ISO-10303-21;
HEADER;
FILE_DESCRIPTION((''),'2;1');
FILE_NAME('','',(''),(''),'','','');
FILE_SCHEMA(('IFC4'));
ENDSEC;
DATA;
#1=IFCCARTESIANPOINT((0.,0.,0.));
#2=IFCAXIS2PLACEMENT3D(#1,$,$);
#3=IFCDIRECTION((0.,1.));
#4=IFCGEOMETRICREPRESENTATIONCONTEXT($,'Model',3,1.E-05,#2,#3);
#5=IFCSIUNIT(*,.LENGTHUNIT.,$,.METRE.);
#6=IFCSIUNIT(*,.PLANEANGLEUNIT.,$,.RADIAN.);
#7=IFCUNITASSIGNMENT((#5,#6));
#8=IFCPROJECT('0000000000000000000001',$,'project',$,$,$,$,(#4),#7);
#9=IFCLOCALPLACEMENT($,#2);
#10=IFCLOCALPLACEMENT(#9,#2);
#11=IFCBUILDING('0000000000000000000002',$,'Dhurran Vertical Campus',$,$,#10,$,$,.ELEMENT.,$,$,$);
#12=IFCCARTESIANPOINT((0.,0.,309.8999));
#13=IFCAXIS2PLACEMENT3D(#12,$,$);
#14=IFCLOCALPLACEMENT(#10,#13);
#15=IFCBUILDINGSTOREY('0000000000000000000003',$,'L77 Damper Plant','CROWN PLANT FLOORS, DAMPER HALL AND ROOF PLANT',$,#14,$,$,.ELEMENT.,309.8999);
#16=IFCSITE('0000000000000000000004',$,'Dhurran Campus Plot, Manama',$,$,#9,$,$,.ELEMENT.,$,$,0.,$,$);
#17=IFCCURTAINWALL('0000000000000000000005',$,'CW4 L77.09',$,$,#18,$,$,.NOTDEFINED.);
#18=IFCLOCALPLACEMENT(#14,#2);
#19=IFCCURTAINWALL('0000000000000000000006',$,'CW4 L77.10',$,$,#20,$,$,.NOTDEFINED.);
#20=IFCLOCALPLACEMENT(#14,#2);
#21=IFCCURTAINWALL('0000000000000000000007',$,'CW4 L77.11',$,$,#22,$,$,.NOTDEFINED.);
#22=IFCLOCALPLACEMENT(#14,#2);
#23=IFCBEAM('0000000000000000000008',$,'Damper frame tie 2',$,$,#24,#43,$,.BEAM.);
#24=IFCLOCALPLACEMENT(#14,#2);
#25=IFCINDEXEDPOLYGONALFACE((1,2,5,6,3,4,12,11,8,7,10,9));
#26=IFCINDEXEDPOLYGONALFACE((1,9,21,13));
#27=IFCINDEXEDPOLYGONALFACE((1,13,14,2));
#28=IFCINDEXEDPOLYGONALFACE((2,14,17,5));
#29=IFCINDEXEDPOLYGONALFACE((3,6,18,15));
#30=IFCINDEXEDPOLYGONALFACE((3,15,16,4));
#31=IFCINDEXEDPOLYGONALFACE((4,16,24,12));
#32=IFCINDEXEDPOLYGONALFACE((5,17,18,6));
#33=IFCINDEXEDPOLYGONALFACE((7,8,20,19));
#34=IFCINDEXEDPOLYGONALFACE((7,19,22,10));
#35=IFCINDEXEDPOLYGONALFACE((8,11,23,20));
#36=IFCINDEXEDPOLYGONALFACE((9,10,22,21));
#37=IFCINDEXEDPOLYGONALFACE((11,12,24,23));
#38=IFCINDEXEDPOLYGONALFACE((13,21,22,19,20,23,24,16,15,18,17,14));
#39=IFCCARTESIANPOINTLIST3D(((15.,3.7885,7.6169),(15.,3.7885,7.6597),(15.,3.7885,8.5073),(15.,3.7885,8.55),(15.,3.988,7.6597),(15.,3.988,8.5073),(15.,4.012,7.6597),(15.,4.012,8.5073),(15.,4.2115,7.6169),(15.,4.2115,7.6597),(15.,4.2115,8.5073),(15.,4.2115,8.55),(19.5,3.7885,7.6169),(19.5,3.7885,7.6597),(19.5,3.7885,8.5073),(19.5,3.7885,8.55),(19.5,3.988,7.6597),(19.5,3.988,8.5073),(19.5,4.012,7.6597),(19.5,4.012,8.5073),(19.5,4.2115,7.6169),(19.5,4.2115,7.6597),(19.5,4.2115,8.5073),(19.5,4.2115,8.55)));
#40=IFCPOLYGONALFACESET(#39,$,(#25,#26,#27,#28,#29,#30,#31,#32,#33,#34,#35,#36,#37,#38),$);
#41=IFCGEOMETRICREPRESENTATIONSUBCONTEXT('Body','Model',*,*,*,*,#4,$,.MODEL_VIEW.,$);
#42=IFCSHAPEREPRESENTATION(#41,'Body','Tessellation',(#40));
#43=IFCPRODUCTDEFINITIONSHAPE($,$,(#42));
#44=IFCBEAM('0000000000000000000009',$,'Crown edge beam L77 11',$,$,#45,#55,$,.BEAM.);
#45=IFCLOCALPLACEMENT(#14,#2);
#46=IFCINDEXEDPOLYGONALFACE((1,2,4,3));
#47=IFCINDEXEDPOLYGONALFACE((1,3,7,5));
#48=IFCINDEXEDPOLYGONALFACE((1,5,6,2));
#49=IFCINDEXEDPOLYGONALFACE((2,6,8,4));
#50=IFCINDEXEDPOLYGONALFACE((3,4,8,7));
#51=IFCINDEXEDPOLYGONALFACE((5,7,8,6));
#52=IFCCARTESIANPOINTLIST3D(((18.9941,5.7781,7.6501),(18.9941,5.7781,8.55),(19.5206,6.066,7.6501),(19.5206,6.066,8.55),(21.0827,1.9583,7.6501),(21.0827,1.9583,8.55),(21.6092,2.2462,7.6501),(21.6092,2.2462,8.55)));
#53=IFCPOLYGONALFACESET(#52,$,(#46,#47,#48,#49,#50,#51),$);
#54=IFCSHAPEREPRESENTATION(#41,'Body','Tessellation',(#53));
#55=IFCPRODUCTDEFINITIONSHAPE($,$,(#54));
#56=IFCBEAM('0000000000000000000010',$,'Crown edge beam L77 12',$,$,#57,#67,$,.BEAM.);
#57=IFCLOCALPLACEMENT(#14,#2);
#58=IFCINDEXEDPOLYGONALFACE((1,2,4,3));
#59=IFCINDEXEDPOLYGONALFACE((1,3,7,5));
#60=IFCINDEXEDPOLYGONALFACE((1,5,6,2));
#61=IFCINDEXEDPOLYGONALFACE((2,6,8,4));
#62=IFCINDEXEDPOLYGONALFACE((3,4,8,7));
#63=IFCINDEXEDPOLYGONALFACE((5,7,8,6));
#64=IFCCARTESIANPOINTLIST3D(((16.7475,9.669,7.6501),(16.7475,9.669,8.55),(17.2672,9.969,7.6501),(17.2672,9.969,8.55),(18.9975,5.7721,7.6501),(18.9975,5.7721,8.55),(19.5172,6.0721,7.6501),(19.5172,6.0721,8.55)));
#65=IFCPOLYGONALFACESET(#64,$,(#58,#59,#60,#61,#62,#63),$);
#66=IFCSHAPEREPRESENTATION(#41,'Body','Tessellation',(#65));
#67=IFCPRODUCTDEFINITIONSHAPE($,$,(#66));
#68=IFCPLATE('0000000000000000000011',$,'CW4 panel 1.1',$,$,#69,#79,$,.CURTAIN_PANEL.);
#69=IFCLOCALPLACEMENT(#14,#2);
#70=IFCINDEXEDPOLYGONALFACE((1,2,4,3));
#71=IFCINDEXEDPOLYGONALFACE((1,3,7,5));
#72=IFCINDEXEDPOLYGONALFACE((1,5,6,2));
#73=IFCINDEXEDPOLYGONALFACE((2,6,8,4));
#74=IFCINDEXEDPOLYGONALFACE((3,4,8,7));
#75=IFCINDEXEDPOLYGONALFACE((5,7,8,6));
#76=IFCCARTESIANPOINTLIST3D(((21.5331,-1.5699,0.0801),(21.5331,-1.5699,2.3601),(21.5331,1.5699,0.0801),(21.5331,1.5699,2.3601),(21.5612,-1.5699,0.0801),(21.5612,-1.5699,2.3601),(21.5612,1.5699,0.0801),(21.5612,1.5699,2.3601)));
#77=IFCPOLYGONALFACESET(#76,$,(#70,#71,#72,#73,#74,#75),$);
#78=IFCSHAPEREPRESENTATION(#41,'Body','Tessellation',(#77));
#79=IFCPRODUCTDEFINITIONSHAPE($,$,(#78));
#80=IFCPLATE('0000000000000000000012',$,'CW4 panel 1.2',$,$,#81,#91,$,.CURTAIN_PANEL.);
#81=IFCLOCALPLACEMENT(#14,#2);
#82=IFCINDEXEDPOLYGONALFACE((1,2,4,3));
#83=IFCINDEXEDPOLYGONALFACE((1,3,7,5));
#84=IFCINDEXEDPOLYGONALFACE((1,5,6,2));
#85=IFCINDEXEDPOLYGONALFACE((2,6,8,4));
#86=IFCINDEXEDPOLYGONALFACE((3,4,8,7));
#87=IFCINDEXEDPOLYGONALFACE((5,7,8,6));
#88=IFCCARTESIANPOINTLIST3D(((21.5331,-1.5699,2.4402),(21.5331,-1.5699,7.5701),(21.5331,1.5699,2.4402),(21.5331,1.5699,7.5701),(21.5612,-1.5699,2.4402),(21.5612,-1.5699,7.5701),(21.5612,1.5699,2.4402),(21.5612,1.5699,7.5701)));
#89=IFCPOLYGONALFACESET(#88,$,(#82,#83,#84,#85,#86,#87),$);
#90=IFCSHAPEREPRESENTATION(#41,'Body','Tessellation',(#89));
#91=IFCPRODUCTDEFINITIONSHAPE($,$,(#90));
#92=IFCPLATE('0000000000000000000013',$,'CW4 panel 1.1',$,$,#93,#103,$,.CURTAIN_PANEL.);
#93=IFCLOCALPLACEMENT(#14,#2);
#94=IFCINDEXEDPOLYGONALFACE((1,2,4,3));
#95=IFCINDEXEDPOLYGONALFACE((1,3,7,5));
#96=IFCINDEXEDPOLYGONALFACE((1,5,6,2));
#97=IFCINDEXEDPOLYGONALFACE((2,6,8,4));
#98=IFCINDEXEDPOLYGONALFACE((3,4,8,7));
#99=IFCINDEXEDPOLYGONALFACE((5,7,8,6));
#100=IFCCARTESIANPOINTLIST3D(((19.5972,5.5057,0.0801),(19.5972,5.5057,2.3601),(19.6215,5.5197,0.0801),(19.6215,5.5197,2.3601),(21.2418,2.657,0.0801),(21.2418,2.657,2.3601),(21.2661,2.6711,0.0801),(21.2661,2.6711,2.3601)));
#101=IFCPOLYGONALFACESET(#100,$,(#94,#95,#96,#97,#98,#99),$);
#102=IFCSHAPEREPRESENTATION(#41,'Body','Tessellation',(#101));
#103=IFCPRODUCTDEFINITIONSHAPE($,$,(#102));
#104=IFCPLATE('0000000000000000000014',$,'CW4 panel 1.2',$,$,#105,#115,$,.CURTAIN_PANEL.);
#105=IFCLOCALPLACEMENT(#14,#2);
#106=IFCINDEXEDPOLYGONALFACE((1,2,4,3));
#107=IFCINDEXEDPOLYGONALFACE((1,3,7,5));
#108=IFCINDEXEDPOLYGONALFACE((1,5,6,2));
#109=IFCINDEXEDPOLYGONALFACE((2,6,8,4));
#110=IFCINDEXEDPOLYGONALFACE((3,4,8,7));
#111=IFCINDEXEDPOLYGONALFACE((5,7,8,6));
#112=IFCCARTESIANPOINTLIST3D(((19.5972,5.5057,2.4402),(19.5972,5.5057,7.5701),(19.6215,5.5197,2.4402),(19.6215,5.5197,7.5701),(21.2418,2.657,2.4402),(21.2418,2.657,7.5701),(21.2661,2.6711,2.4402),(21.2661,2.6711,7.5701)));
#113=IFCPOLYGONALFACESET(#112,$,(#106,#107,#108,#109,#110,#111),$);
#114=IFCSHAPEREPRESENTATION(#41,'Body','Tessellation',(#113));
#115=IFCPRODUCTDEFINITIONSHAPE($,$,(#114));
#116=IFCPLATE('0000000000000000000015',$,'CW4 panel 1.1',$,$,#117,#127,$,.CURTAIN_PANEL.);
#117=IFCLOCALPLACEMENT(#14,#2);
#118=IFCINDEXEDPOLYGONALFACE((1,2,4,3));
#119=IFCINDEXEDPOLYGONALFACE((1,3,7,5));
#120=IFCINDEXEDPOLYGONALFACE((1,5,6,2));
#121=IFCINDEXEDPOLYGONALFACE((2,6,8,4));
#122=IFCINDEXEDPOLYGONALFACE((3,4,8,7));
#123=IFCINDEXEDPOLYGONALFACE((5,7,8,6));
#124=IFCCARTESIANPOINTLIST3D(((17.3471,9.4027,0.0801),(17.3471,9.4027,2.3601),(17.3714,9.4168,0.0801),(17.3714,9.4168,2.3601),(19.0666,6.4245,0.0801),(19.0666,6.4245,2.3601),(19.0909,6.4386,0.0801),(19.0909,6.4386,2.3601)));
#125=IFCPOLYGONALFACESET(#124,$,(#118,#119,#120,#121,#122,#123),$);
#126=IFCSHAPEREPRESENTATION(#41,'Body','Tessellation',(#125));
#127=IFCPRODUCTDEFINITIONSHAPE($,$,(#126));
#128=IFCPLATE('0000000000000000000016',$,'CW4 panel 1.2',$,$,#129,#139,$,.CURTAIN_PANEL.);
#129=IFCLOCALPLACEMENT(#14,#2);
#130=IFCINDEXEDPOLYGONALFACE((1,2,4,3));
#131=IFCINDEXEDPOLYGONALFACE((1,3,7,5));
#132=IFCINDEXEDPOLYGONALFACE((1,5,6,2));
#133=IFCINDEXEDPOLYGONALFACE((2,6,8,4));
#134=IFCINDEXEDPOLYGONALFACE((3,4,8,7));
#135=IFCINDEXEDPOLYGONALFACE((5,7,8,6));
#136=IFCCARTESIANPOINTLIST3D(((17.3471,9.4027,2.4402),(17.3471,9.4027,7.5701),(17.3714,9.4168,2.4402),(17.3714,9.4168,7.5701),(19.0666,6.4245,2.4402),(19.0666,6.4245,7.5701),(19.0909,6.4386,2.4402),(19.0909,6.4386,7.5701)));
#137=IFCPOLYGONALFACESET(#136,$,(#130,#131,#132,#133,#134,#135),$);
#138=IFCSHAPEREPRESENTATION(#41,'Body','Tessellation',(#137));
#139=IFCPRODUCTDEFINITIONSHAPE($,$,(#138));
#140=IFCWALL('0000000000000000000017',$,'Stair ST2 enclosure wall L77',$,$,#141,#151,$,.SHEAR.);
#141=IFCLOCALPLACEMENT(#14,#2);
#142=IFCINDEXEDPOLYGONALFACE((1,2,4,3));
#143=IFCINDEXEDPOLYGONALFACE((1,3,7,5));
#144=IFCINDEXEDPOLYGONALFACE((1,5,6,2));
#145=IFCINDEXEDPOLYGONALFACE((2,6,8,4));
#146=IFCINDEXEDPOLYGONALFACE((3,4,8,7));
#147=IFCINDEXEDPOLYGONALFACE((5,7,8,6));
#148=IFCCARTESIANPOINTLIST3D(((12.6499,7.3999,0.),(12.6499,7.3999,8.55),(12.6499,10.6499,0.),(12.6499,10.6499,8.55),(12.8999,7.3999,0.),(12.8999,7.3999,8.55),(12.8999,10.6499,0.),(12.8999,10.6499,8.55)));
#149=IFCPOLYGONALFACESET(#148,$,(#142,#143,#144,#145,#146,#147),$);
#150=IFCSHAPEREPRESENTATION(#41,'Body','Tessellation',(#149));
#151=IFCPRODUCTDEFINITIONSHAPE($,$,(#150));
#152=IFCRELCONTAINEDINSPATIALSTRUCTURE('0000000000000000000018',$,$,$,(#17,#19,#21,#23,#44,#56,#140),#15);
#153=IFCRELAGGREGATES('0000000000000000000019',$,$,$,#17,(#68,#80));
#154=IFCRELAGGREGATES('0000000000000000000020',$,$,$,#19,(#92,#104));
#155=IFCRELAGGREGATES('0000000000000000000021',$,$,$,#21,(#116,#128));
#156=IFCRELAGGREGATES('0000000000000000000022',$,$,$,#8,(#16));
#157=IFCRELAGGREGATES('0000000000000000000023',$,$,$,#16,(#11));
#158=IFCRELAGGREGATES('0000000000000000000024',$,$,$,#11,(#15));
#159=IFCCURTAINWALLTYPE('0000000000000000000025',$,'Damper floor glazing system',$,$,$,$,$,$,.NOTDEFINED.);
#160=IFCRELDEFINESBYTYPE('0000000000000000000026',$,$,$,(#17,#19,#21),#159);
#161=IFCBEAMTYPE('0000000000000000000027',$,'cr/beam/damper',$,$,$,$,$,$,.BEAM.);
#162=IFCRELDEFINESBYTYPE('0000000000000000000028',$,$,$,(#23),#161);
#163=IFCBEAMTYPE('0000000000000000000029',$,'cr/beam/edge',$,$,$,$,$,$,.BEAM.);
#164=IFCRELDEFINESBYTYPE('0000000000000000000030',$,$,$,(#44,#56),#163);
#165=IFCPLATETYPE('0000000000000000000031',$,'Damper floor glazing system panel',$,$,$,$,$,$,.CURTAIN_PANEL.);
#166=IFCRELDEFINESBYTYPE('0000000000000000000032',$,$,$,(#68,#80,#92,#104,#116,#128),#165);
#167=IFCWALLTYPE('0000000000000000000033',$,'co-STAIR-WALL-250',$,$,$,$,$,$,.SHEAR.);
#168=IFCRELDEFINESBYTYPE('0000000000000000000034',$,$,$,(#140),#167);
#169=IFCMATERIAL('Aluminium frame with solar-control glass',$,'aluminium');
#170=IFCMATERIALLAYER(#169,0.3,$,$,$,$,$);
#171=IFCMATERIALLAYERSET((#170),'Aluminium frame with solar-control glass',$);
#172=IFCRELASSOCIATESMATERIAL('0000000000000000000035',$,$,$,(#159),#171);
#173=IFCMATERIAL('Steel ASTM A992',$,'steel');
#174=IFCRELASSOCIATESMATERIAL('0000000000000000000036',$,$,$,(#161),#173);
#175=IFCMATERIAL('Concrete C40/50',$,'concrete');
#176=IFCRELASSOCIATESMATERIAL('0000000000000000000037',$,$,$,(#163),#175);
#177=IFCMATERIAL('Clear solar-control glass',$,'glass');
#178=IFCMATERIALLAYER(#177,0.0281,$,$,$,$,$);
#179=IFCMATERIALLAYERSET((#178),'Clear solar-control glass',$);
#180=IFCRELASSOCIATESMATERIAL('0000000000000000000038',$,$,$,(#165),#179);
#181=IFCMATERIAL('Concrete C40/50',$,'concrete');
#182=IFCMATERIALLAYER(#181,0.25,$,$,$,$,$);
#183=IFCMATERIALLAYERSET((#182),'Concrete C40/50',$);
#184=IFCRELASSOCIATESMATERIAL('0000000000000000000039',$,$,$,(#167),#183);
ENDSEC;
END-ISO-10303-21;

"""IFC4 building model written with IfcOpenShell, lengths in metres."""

from ifc_helpers import new_model, si_unit, direction, frame, frame_2d, origin, origin_2d, place, context, subcontext, project, spatial, rectangle, i_section, extrude, material, layer, layer_set, material_profile, profile_set, type_object, element, aggregate, save


model = new_model("IFC4")

# Units and contexts
model_context = context("Model", 3, precision=1e-05, world=origin(), true_north=direction((0.0, 1.0)))
body_context = subcontext(model_context, "Body", "Model", "MODEL_VIEW")
ifc_project = project(units=[si_unit("LENGTHUNIT", "METRE"), si_unit("PLANEANGLEUNIT", "RADIAN")], contexts=[model_context])

# Site, building, storey
site_placement = place(None, origin())
site = spatial("IfcSite", under=ifc_project, at=site_placement, Name="Dhurran Campus Plot, Manama", CompositionType="ELEMENT", RefElevation=0.0)
building_placement = place(site_placement, origin())
building = spatial("IfcBuilding", under=site, at=building_placement, Name="Dhurran Vertical Campus", CompositionType="ELEMENT")
storey_placement = place(building_placement, frame((0.0, 0.0, 309.8999)))
storey = spatial("IfcBuildingStorey", under=building, at=storey_placement, Name="L77 Damper Plant", Description="CROWN PLANT FLOORS, DAMPER HALL AND ROOF PLANT", CompositionType="ELEMENT", Elevation=309.8999)

# Curtain wall
ifc_material_1 = material(Name="Aluminium frame with solar-control glass", Category="aluminium")
ifc_layer_1 = layer(ifc_material_1, 0.3)
ifc_layer_set_1 = layer_set([ifc_layer_1], Name="Aluminium frame with solar-control glass")
curtain_wall_type = type_object("IfcCurtainWallType", Name="Damper floor glazing system", PredefinedType="NOTDEFINED", material=ifc_layer_set_1)
curtain_wall_1_placement = place(storey_placement, origin())
curtain_wall_1 = element("IfcCurtainWall", 1, at=curtain_wall_1_placement, inside=storey, type_object=curtain_wall_type, Name="CW4 L77.09", PredefinedType="NOTDEFINED")

# Curtain wall
curtain_wall_2_placement = place(storey_placement, origin())
curtain_wall_2 = element("IfcCurtainWall", 2, at=curtain_wall_2_placement, inside=storey, type_object=curtain_wall_type, Name="CW4 L77.10", PredefinedType="NOTDEFINED")

# Curtain wall
curtain_wall_3_placement = place(storey_placement, origin())
curtain_wall_3 = element("IfcCurtainWall", 3, at=curtain_wall_3_placement, inside=storey, type_object=curtain_wall_type, Name="CW4 L77.11", PredefinedType="NOTDEFINED")

# Beams
ifc_material_2 = material(Name="Steel ASTM A992", Category="steel")
ifc_material_profile_1 = material_profile(ifc_material_2, i_section(OverallWidth=0.4231, OverallDepth=0.9331, WebThickness=0.0239, FlangeThickness=0.0427, at=origin_2d()), Name="W920x449")
ifc_profile_set_1 = profile_set([ifc_material_profile_1], Name="Steel ASTM A992")
beam_type_1 = type_object("IfcBeamType", Name="cr/beam/damper", PredefinedType="BEAM", material=ifc_profile_set_1)
beam_1_placement = place(storey_placement, frame((15.0, 4.0, 8.0835), z_axis=(1.0, 0.0, 0.0), x_axis=(0.0, 1.0, 0.0)))
element("IfcBeam", 4, at=beam_1_placement, inside=storey, type_object=beam_type_1, Name="Damper frame tie 2", PredefinedType="BEAM", context=body_context, shape_type="SweptSolid", body=[
    extrude(i_section(OverallWidth=0.4231, OverallDepth=0.9331, WebThickness=0.0239, FlangeThickness=0.0427, at=origin_2d()), origin(), (0.0, 0.0, 1.0), 4.5),
])
ifc_material_3 = material(Name="Concrete C40/50", Category="concrete")
ifc_material_profile_2 = material_profile(ifc_material_3, rectangle(XDim=0.6001, YDim=0.8999, at=origin_2d()), Name="cr/beam/edge")
ifc_profile_set_2 = profile_set([ifc_material_profile_2], Name="Concrete C40/50")
beam_type_2 = type_object("IfcBeamType", Name="cr/beam/edge", PredefinedType="BEAM", material=ifc_profile_set_2)
beam_2_placement = place(storey_placement, frame((21.3459, 2.1023, 8.1001), z_axis=(-0.479752, 0.877404, 0.0), x_axis=(-0.877404, -0.479752, 0.0)))
element("IfcBeam", 5, at=beam_2_placement, inside=storey, type_object=beam_type_2, Name="Crown edge beam L77 11", PredefinedType="BEAM", context=body_context, shape_type="SweptSolid", body=[
    extrude(rectangle(XDim=0.6001, YDim=0.8999, at=origin_2d()), origin(), (0.0, 0.0, 1.0), 4.3535),
])
beam_3_placement = place(storey_placement, frame((19.2573, 5.9221, 8.1001), z_axis=(-0.500014, 0.866018, 0.0), x_axis=(-0.866018, -0.500014, 0.0)))
element("IfcBeam", 6, at=beam_3_placement, inside=storey, type_object=beam_type_2, Name="Crown edge beam L77 12", PredefinedType="BEAM", context=body_context, shape_type="SweptSolid", body=[
    extrude(rectangle(XDim=0.6001, YDim=0.8999, at=origin_2d()), origin(), (0.0, 0.0, 1.0), 4.4998),
])

# Plates
ifc_material_4 = material(Name="Clear solar-control glass", Category="glass")
ifc_layer_2 = layer(ifc_material_4, 0.0281)
ifc_layer_set_2 = layer_set([ifc_layer_2], Name="Clear solar-control glass")
plate_type = type_object("IfcPlateType", Name="Damper floor glazing system panel", PredefinedType="CURTAIN_PANEL", material=ifc_layer_set_2)
plate_1_placement = place(storey_placement, frame((21.5471, 0.0, 0.0801), z_axis=(0.0, 0.0, 1.0), x_axis=(0.0, 1.0, 0.0)))
plate_1 = element("IfcPlate", 7, at=plate_1_placement, type_object=plate_type, Name="CW4 panel 1.1", PredefinedType="CURTAIN_PANEL", context=body_context, shape_type="SweptSolid", body=[
    extrude(rectangle(XDim=3.1399, YDim=0.0281, at=origin_2d()), origin(), (0.0, 0.0, 1.0), 2.28),
])
plate_2_placement = place(storey_placement, frame((21.5471, 0.0, 2.4402), z_axis=(0.0, 0.0, 1.0), x_axis=(0.0, 1.0, 0.0)))
plate_2 = element("IfcPlate", 8, at=plate_2_placement, type_object=plate_type, Name="CW4 panel 1.2", PredefinedType="CURTAIN_PANEL", context=body_context, shape_type="SweptSolid", body=[
    extrude(rectangle(XDim=3.1399, YDim=0.0281, at=origin_2d()), origin(), (0.0, 0.0, 1.0), 5.1299),
])
aggregate(curtain_wall_1, [plate_1, plate_2])
plate_3_placement = place(storey_placement, frame((20.4316, 4.0884, 0.0801), z_axis=(0.0, 0.0, 1.0), x_axis=(-0.499996, 0.866028, 0.0)))
plate_3 = element("IfcPlate", 9, at=plate_3_placement, type_object=plate_type, Name="CW4 panel 1.1", PredefinedType="CURTAIN_PANEL", context=body_context, shape_type="SweptSolid", body=[
    extrude(rectangle(XDim=3.2893, YDim=0.0281, at=origin_2d()), origin(), (0.0, 0.0, 1.0), 2.28),
])
plate_4_placement = place(storey_placement, frame((20.4316, 4.0884, 2.4402), z_axis=(0.0, 0.0, 1.0), x_axis=(-0.499996, 0.866028, 0.0)))
plate_4 = element("IfcPlate", 10, at=plate_4_placement, type_object=plate_type, Name="CW4 panel 1.2", PredefinedType="CURTAIN_PANEL", context=body_context, shape_type="SweptSolid", body=[
    extrude(rectangle(XDim=3.2893, YDim=0.0281, at=origin_2d()), origin(), (0.0, 0.0, 1.0), 5.1299),
])
aggregate(curtain_wall_2, [plate_3, plate_4])
plate_5_placement = place(storey_placement, frame((18.219, 7.9207, 0.0801), z_axis=(0.0, 0.0, 1.0), x_axis=(-0.500003, 0.866024, 0.0)))
plate_5 = element("IfcPlate", 11, at=plate_5_placement, type_object=plate_type, Name="CW4 panel 1.1", PredefinedType="CURTAIN_PANEL", context=body_context, shape_type="SweptSolid", body=[
    extrude(rectangle(XDim=3.439, YDim=0.0281, at=origin_2d()), origin(), (0.0, 0.0, 1.0), 2.28),
])
plate_6_placement = place(storey_placement, frame((18.219, 7.9207, 2.4402), z_axis=(0.0, 0.0, 1.0), x_axis=(-0.500003, 0.866024, 0.0)))
plate_6 = element("IfcPlate", 12, at=plate_6_placement, type_object=plate_type, Name="CW4 panel 1.2", PredefinedType="CURTAIN_PANEL", context=body_context, shape_type="SweptSolid", body=[
    extrude(rectangle(XDim=3.439, YDim=0.0281, at=origin_2d()), origin(), (0.0, 0.0, 1.0), 5.1299),
])
aggregate(curtain_wall_3, [plate_5, plate_6])

# Wall
ifc_material_5 = material(Name="Concrete C40/50", Category="concrete")
ifc_layer_3 = layer(ifc_material_5, 0.25)
ifc_layer_set_3 = layer_set([ifc_layer_3], Name="Concrete C40/50")
wall_type = type_object("IfcWallType", Name="co-STAIR-WALL-250", PredefinedType="SHEAR", material=ifc_layer_set_3)
wall_placement = place(storey_placement, frame((12.7749, 7.3999, 0.0), z_axis=(0.0, 0.0, 1.0), x_axis=(0.0, 1.0, 0.0)))
element("IfcWall", 13, at=wall_placement, inside=storey, type_object=wall_type, Name="Stair ST2 enclosure wall L77", PredefinedType="SHEAR", context=body_context, shape_type="SweptSolid", body=[
    extrude(rectangle(XDim=3.25, YDim=0.25, at=frame_2d((1.625, 0.0))), origin(), (0.0, 0.0, 1.0), 8.55),
])

save(model, "model.ifc")
